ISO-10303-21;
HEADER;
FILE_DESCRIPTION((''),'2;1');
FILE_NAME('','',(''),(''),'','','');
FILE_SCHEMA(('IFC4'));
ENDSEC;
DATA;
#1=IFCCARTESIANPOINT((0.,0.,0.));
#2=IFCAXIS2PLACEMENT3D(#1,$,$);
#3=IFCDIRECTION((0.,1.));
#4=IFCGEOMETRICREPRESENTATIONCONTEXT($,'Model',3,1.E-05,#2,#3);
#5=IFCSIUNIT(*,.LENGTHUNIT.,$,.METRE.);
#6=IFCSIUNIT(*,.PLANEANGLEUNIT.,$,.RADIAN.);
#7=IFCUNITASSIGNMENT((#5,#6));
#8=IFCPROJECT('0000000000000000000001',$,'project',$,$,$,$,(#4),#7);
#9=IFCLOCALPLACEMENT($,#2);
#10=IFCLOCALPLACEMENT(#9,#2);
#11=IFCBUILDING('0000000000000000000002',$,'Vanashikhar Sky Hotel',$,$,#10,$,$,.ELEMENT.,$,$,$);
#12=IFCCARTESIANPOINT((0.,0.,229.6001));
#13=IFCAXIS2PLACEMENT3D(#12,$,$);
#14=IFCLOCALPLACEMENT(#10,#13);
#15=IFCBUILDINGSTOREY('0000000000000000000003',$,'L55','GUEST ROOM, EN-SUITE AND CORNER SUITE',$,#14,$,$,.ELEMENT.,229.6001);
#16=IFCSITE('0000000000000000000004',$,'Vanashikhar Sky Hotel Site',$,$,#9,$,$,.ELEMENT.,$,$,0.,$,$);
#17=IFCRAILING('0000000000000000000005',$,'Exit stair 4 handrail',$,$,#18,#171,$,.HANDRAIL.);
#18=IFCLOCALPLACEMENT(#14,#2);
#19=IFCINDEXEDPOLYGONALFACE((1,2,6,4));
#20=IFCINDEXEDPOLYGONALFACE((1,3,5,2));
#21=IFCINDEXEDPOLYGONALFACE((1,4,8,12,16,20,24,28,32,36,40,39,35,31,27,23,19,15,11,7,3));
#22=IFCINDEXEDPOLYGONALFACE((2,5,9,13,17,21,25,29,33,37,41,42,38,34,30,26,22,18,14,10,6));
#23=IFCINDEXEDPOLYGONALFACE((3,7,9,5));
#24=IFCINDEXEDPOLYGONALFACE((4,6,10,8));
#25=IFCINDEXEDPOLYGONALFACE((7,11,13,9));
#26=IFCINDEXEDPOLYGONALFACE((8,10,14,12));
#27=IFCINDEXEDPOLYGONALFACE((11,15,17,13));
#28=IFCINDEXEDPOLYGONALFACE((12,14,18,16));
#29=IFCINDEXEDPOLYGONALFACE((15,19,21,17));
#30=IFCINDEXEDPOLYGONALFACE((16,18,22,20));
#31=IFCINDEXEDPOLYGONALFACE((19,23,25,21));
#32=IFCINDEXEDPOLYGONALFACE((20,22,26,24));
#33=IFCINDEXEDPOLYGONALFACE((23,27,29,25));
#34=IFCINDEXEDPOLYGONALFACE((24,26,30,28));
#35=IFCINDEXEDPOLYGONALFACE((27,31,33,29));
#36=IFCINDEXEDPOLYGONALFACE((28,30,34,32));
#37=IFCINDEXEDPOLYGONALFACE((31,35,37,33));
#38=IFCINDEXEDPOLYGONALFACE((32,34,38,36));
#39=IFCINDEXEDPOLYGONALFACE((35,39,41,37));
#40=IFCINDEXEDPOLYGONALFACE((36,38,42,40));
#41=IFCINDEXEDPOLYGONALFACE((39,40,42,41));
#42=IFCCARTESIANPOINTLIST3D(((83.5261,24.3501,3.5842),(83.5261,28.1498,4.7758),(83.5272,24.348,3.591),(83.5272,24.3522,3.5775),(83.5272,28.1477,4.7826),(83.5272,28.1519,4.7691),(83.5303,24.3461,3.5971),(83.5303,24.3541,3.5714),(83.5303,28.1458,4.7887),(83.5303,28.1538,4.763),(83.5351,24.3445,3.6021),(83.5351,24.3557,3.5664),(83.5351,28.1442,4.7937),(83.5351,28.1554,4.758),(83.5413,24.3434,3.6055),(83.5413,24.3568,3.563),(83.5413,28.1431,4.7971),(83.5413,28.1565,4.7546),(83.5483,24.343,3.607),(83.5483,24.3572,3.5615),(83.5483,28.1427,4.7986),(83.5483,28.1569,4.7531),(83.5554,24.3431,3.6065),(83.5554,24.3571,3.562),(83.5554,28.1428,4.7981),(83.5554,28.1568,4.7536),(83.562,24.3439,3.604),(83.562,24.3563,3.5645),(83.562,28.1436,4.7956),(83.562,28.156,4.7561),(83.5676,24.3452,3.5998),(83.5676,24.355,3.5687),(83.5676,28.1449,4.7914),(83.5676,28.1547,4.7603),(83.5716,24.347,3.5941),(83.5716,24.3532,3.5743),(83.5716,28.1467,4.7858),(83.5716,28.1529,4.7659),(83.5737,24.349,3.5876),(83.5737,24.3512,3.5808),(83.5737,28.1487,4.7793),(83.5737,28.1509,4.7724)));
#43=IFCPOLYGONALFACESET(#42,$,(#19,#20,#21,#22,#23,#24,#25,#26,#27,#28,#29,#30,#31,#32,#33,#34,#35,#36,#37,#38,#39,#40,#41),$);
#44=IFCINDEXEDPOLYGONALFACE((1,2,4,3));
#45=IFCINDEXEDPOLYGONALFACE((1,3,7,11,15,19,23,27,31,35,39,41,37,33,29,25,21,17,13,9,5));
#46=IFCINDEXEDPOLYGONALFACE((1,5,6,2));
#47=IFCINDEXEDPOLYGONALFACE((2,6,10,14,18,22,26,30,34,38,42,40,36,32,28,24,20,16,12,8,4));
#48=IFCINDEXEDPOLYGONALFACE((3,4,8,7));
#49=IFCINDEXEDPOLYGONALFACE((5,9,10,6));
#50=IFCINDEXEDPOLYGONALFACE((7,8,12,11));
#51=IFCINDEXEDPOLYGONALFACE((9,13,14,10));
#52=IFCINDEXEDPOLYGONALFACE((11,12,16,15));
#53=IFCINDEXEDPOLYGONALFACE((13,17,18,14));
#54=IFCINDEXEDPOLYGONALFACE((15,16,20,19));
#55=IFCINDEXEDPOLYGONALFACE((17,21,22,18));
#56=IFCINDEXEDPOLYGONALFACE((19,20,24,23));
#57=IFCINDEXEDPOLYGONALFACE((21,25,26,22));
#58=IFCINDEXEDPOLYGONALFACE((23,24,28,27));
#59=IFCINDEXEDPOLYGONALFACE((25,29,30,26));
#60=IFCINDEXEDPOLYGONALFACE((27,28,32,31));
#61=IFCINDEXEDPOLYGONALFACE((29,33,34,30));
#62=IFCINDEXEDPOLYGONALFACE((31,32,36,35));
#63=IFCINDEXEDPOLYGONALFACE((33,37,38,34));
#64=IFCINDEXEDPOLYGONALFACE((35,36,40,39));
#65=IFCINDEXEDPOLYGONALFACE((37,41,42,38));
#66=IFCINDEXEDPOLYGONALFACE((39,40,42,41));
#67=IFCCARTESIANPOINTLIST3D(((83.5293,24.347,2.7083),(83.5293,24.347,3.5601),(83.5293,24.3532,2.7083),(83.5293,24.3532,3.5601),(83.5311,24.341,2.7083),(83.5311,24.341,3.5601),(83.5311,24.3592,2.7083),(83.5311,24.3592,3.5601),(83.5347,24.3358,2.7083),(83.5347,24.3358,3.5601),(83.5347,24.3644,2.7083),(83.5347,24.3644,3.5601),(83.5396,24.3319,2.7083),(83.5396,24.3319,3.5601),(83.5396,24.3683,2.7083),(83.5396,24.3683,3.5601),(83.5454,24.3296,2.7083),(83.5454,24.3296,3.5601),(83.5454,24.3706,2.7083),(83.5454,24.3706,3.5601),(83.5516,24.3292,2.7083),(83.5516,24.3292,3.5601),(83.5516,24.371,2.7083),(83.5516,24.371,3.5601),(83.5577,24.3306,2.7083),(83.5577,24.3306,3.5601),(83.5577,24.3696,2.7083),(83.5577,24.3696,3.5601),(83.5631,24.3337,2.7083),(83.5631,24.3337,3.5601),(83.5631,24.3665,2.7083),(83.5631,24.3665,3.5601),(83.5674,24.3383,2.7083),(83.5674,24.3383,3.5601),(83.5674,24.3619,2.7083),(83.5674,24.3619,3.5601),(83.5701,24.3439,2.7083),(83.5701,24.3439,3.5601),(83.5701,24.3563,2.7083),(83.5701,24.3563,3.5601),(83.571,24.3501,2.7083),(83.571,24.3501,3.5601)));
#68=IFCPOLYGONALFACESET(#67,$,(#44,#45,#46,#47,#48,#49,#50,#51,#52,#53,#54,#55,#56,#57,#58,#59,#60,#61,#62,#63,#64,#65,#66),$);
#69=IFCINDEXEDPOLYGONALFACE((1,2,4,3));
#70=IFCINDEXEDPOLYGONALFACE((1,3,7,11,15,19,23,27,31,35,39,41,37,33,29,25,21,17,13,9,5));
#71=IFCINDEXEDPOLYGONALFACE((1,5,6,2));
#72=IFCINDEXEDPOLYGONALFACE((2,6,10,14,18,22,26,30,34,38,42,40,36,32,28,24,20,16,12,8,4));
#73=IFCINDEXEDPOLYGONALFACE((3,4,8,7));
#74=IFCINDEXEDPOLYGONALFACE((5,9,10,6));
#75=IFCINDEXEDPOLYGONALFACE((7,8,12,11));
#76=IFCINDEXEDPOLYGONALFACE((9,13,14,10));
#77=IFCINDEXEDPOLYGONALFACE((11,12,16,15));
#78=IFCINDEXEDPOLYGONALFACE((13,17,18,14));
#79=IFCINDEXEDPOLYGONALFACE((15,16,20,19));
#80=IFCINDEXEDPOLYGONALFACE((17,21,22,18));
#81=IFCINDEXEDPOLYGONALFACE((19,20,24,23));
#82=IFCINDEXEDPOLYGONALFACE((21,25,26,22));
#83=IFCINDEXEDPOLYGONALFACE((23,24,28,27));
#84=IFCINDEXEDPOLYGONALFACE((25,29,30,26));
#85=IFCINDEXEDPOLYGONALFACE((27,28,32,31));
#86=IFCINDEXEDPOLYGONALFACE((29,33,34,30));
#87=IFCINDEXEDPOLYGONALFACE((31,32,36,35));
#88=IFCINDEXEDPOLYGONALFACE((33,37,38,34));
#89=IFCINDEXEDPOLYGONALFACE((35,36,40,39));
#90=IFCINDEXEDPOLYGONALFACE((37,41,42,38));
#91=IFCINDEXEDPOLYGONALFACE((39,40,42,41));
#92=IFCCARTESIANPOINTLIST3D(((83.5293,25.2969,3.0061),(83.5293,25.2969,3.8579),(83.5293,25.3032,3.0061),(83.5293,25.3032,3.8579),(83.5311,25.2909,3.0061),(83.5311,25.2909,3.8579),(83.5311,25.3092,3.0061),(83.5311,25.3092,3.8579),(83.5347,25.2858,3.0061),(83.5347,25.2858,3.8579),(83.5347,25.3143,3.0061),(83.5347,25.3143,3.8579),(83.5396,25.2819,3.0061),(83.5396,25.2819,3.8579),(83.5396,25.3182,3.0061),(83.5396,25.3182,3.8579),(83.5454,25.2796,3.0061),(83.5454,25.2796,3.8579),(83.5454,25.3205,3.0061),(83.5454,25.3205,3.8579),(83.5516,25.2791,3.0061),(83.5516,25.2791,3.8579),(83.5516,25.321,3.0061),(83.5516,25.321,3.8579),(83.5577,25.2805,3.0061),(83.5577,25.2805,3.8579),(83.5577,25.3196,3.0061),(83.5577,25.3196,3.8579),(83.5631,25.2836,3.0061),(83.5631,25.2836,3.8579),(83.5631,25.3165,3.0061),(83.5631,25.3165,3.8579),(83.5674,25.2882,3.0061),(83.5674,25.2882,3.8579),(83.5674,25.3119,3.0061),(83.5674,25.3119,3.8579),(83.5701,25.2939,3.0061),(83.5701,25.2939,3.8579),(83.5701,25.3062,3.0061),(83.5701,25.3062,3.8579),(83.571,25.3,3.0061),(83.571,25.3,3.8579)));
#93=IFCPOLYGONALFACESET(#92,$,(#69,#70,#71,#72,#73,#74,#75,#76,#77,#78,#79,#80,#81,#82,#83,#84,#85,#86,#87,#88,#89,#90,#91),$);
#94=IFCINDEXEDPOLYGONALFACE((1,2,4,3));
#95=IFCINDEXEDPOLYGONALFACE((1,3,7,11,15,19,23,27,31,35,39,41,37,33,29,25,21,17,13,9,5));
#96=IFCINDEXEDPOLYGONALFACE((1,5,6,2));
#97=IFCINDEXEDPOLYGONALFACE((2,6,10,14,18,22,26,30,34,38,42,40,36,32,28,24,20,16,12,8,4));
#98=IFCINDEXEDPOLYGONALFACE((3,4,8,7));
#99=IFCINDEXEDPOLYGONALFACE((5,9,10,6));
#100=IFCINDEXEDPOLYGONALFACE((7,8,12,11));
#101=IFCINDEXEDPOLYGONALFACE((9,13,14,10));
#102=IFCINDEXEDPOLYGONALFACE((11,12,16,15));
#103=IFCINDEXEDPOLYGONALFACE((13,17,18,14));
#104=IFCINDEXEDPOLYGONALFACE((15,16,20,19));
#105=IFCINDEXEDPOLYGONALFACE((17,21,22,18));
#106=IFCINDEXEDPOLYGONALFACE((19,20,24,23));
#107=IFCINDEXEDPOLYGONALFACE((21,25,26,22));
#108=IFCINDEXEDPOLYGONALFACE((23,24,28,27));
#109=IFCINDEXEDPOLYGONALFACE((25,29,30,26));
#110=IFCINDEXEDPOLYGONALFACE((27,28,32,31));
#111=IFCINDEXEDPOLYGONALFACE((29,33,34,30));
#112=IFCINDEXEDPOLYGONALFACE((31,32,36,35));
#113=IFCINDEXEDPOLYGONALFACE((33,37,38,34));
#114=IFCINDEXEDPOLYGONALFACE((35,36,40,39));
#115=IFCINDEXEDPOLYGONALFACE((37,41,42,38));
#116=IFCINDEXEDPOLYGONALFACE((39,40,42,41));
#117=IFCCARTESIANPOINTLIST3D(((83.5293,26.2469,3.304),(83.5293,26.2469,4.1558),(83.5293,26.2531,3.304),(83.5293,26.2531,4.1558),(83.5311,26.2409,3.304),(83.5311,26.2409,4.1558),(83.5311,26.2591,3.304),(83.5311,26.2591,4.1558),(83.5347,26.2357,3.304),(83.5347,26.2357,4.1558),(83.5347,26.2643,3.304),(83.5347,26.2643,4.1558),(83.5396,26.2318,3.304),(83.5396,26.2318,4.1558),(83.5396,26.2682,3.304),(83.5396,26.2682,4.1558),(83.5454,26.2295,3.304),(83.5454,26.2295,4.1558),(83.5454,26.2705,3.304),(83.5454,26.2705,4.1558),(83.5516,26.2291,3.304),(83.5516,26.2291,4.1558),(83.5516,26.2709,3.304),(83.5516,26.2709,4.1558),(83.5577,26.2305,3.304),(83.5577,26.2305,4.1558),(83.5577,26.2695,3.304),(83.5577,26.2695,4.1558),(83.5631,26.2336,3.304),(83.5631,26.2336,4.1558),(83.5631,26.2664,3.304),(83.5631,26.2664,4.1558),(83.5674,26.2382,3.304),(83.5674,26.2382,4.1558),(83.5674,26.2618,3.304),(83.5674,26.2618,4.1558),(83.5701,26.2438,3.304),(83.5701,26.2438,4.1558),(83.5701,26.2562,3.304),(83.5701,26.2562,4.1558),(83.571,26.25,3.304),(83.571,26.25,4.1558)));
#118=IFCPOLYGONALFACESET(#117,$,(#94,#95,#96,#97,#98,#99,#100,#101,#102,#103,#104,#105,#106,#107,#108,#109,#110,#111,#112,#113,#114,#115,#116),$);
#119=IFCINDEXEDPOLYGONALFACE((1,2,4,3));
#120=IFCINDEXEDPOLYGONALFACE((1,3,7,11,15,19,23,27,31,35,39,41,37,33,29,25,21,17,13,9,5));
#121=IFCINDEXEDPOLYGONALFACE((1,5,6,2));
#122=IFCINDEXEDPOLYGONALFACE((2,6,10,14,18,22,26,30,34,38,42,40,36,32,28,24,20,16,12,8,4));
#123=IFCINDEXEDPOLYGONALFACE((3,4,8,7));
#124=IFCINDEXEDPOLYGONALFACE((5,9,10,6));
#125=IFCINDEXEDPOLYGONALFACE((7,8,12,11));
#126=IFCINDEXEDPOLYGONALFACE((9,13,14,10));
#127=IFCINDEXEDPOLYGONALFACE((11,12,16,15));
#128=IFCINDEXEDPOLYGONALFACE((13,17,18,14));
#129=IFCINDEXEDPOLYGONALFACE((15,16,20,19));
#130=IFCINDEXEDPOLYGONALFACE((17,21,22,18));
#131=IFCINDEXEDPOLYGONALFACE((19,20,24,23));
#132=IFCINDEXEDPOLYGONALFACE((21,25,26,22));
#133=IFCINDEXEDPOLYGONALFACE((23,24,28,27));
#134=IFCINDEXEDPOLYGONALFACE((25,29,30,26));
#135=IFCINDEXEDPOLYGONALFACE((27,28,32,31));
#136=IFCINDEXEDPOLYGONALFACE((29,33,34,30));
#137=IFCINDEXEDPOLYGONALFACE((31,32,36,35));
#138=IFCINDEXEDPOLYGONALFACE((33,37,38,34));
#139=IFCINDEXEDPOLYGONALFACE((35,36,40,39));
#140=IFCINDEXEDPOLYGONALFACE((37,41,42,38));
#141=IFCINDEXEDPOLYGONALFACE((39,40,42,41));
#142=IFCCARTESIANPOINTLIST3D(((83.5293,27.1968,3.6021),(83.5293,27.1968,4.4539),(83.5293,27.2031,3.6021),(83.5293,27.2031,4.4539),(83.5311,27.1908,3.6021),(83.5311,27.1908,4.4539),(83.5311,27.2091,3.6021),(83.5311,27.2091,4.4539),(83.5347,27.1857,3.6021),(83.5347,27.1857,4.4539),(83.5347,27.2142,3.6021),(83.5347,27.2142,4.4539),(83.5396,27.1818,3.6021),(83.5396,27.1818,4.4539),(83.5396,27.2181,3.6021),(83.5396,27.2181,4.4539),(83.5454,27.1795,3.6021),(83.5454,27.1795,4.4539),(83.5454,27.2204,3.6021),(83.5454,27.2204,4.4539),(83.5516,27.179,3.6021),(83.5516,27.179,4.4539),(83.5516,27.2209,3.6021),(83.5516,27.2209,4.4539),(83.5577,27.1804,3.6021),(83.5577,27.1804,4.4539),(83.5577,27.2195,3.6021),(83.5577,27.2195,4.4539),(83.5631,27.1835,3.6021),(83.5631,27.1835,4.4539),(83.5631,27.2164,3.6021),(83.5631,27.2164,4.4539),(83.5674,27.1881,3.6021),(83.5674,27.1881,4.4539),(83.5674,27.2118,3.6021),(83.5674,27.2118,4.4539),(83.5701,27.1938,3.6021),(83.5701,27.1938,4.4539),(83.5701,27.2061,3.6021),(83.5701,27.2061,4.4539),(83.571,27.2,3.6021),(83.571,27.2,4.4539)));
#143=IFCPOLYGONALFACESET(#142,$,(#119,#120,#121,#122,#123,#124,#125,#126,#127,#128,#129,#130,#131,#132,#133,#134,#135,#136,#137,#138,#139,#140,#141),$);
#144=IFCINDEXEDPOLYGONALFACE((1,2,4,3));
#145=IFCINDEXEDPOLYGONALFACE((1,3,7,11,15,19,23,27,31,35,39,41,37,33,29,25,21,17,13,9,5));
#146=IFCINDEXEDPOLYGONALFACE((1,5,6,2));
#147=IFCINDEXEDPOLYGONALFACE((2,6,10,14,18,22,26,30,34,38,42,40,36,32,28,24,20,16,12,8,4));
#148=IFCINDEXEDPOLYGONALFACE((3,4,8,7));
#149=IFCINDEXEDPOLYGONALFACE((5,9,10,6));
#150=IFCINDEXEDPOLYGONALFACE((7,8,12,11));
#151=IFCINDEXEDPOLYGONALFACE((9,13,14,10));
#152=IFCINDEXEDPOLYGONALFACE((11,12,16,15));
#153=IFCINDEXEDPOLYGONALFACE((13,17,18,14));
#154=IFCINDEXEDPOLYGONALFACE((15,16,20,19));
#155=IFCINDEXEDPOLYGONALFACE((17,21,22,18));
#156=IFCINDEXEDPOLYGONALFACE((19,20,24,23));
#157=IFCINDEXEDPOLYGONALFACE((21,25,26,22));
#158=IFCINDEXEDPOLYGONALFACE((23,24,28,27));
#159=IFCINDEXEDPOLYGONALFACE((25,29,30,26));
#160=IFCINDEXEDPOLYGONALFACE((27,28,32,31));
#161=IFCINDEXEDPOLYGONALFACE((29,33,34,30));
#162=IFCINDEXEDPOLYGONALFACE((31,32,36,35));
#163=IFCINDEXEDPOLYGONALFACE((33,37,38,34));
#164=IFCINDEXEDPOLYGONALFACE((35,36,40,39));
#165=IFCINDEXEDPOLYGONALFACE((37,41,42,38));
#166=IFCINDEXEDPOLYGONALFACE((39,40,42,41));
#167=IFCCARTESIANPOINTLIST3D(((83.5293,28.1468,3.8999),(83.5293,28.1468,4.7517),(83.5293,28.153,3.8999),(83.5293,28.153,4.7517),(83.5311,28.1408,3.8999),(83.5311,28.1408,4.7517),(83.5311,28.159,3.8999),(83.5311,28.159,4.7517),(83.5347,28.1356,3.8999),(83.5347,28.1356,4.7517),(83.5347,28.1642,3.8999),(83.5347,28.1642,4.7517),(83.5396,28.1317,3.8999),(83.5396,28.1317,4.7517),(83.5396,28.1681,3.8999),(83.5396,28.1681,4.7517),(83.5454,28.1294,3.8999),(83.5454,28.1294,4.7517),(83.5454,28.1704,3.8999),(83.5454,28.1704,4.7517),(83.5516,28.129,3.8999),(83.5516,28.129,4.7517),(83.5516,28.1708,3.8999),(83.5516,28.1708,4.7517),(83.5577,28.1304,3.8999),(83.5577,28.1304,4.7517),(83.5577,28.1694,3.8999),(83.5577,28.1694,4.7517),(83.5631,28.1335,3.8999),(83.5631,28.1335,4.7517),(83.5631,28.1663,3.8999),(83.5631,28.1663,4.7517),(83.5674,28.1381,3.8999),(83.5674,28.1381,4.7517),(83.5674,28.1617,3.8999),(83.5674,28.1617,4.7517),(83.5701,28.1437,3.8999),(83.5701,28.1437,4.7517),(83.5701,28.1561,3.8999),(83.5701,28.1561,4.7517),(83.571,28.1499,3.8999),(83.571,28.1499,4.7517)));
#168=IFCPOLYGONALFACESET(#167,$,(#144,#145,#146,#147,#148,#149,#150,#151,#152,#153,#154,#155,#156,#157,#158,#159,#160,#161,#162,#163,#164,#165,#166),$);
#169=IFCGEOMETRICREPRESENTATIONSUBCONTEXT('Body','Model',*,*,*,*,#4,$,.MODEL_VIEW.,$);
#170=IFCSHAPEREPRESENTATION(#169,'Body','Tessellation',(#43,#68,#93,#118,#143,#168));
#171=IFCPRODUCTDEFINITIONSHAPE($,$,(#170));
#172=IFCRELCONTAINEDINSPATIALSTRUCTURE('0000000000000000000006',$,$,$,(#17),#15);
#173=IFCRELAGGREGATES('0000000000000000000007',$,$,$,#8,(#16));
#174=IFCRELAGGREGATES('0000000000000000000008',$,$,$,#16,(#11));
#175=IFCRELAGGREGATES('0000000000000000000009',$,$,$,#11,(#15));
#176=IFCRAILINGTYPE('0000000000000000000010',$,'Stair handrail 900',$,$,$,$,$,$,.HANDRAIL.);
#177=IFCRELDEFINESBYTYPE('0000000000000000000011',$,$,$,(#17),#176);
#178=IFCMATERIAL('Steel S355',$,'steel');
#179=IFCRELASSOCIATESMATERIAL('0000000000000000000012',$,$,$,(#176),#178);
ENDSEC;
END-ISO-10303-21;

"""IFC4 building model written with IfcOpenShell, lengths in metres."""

from ifc_helpers import new_model, si_unit, direction, frame, origin, origin_2d, place, context, subcontext, project, spatial, circle, extrude, source, transform, mapped, material, type_object, element, save


model = new_model("IFC4")

# Units and contexts
model_context = context("Model", 3, precision=1e-05, world=origin(), true_north=direction((0.0, 1.0)))
body_context = subcontext(model_context, "Body", "Model", "MODEL_VIEW")
ifc_project = project(units=[si_unit("LENGTHUNIT", "METRE"), si_unit("PLANEANGLEUNIT", "RADIAN")], contexts=[model_context])

# Site, building, storey
site_placement = place(None, origin())
site = spatial("IfcSite", under=ifc_project, at=site_placement, Name="Vanashikhar Sky Hotel Site", CompositionType="ELEMENT", RefElevation=0.0)
building_placement = place(site_placement, origin())
building = spatial("IfcBuilding", under=site, at=building_placement, Name="Vanashikhar Sky Hotel", CompositionType="ELEMENT")
storey_placement = place(building_placement, frame((0.0, 0.0, 229.6001)))
storey = spatial("IfcBuildingStorey", under=building, at=storey_placement, Name="L55", Description="GUEST ROOM, EN-SUITE AND CORNER SUITE", CompositionType="ELEMENT", Elevation=229.6001)

# Railing
ifc_material_1 = material(Name="Steel S355", Category="steel")
railing_type_1 = type_object("IfcRailingType", Name="Stair handrail 900", PredefinedType="HANDRAIL", material=ifc_material_1)
shared_shape_1 = source(origin(), body_context, "Body", "SweptSolid", [
    extrude(circle(Radius=0.0239, at=origin_2d()), frame((0.0, 0.0, 0.876), z_axis=(0.0, 0.954178, 0.299238), x_axis=(-1.0, 0.0, 0.0)), (0.0, 0.0, 1.0), 3.9822),
    extrude(circle(Radius=0.021, at=origin_2d()), origin(), (0.0, 0.0, 1.0), 0.8518),
    extrude(circle(Radius=0.021, at=origin_2d()), frame((0.0, 0.95, 0.2979)), (0.0, 0.0, 1.0), 0.8518),
    extrude(circle(Radius=0.021, at=origin_2d()), frame((0.0, 1.8999, 0.5957)), (0.0, 0.0, 1.0), 0.8518),
    extrude(circle(Radius=0.021, at=origin_2d()), frame((0.0, 2.8499, 0.8938)), (0.0, 0.0, 1.0), 0.8518),
    extrude(circle(Radius=0.021, at=origin_2d()), frame((0.0, 3.7998, 1.1917)), (0.0, 0.0, 1.0), 0.8518),
])
for number, where, name in (
    (1, (83.55, 24.3501, 2.7083), "Exit stair 4 handrail"),
):
    element("IfcRailing", number, at=place(storey_placement, frame(where)), inside=storey, type_object=railing_type_1, Name=name, PredefinedType="HANDRAIL", context=body_context, shape_type="MappedRepresentation", body=[
        mapped(shared_shape_1, transform((0.0, 0.0, 0.0), scale=1.0)),
    ])

save(model, "model.ifc")
